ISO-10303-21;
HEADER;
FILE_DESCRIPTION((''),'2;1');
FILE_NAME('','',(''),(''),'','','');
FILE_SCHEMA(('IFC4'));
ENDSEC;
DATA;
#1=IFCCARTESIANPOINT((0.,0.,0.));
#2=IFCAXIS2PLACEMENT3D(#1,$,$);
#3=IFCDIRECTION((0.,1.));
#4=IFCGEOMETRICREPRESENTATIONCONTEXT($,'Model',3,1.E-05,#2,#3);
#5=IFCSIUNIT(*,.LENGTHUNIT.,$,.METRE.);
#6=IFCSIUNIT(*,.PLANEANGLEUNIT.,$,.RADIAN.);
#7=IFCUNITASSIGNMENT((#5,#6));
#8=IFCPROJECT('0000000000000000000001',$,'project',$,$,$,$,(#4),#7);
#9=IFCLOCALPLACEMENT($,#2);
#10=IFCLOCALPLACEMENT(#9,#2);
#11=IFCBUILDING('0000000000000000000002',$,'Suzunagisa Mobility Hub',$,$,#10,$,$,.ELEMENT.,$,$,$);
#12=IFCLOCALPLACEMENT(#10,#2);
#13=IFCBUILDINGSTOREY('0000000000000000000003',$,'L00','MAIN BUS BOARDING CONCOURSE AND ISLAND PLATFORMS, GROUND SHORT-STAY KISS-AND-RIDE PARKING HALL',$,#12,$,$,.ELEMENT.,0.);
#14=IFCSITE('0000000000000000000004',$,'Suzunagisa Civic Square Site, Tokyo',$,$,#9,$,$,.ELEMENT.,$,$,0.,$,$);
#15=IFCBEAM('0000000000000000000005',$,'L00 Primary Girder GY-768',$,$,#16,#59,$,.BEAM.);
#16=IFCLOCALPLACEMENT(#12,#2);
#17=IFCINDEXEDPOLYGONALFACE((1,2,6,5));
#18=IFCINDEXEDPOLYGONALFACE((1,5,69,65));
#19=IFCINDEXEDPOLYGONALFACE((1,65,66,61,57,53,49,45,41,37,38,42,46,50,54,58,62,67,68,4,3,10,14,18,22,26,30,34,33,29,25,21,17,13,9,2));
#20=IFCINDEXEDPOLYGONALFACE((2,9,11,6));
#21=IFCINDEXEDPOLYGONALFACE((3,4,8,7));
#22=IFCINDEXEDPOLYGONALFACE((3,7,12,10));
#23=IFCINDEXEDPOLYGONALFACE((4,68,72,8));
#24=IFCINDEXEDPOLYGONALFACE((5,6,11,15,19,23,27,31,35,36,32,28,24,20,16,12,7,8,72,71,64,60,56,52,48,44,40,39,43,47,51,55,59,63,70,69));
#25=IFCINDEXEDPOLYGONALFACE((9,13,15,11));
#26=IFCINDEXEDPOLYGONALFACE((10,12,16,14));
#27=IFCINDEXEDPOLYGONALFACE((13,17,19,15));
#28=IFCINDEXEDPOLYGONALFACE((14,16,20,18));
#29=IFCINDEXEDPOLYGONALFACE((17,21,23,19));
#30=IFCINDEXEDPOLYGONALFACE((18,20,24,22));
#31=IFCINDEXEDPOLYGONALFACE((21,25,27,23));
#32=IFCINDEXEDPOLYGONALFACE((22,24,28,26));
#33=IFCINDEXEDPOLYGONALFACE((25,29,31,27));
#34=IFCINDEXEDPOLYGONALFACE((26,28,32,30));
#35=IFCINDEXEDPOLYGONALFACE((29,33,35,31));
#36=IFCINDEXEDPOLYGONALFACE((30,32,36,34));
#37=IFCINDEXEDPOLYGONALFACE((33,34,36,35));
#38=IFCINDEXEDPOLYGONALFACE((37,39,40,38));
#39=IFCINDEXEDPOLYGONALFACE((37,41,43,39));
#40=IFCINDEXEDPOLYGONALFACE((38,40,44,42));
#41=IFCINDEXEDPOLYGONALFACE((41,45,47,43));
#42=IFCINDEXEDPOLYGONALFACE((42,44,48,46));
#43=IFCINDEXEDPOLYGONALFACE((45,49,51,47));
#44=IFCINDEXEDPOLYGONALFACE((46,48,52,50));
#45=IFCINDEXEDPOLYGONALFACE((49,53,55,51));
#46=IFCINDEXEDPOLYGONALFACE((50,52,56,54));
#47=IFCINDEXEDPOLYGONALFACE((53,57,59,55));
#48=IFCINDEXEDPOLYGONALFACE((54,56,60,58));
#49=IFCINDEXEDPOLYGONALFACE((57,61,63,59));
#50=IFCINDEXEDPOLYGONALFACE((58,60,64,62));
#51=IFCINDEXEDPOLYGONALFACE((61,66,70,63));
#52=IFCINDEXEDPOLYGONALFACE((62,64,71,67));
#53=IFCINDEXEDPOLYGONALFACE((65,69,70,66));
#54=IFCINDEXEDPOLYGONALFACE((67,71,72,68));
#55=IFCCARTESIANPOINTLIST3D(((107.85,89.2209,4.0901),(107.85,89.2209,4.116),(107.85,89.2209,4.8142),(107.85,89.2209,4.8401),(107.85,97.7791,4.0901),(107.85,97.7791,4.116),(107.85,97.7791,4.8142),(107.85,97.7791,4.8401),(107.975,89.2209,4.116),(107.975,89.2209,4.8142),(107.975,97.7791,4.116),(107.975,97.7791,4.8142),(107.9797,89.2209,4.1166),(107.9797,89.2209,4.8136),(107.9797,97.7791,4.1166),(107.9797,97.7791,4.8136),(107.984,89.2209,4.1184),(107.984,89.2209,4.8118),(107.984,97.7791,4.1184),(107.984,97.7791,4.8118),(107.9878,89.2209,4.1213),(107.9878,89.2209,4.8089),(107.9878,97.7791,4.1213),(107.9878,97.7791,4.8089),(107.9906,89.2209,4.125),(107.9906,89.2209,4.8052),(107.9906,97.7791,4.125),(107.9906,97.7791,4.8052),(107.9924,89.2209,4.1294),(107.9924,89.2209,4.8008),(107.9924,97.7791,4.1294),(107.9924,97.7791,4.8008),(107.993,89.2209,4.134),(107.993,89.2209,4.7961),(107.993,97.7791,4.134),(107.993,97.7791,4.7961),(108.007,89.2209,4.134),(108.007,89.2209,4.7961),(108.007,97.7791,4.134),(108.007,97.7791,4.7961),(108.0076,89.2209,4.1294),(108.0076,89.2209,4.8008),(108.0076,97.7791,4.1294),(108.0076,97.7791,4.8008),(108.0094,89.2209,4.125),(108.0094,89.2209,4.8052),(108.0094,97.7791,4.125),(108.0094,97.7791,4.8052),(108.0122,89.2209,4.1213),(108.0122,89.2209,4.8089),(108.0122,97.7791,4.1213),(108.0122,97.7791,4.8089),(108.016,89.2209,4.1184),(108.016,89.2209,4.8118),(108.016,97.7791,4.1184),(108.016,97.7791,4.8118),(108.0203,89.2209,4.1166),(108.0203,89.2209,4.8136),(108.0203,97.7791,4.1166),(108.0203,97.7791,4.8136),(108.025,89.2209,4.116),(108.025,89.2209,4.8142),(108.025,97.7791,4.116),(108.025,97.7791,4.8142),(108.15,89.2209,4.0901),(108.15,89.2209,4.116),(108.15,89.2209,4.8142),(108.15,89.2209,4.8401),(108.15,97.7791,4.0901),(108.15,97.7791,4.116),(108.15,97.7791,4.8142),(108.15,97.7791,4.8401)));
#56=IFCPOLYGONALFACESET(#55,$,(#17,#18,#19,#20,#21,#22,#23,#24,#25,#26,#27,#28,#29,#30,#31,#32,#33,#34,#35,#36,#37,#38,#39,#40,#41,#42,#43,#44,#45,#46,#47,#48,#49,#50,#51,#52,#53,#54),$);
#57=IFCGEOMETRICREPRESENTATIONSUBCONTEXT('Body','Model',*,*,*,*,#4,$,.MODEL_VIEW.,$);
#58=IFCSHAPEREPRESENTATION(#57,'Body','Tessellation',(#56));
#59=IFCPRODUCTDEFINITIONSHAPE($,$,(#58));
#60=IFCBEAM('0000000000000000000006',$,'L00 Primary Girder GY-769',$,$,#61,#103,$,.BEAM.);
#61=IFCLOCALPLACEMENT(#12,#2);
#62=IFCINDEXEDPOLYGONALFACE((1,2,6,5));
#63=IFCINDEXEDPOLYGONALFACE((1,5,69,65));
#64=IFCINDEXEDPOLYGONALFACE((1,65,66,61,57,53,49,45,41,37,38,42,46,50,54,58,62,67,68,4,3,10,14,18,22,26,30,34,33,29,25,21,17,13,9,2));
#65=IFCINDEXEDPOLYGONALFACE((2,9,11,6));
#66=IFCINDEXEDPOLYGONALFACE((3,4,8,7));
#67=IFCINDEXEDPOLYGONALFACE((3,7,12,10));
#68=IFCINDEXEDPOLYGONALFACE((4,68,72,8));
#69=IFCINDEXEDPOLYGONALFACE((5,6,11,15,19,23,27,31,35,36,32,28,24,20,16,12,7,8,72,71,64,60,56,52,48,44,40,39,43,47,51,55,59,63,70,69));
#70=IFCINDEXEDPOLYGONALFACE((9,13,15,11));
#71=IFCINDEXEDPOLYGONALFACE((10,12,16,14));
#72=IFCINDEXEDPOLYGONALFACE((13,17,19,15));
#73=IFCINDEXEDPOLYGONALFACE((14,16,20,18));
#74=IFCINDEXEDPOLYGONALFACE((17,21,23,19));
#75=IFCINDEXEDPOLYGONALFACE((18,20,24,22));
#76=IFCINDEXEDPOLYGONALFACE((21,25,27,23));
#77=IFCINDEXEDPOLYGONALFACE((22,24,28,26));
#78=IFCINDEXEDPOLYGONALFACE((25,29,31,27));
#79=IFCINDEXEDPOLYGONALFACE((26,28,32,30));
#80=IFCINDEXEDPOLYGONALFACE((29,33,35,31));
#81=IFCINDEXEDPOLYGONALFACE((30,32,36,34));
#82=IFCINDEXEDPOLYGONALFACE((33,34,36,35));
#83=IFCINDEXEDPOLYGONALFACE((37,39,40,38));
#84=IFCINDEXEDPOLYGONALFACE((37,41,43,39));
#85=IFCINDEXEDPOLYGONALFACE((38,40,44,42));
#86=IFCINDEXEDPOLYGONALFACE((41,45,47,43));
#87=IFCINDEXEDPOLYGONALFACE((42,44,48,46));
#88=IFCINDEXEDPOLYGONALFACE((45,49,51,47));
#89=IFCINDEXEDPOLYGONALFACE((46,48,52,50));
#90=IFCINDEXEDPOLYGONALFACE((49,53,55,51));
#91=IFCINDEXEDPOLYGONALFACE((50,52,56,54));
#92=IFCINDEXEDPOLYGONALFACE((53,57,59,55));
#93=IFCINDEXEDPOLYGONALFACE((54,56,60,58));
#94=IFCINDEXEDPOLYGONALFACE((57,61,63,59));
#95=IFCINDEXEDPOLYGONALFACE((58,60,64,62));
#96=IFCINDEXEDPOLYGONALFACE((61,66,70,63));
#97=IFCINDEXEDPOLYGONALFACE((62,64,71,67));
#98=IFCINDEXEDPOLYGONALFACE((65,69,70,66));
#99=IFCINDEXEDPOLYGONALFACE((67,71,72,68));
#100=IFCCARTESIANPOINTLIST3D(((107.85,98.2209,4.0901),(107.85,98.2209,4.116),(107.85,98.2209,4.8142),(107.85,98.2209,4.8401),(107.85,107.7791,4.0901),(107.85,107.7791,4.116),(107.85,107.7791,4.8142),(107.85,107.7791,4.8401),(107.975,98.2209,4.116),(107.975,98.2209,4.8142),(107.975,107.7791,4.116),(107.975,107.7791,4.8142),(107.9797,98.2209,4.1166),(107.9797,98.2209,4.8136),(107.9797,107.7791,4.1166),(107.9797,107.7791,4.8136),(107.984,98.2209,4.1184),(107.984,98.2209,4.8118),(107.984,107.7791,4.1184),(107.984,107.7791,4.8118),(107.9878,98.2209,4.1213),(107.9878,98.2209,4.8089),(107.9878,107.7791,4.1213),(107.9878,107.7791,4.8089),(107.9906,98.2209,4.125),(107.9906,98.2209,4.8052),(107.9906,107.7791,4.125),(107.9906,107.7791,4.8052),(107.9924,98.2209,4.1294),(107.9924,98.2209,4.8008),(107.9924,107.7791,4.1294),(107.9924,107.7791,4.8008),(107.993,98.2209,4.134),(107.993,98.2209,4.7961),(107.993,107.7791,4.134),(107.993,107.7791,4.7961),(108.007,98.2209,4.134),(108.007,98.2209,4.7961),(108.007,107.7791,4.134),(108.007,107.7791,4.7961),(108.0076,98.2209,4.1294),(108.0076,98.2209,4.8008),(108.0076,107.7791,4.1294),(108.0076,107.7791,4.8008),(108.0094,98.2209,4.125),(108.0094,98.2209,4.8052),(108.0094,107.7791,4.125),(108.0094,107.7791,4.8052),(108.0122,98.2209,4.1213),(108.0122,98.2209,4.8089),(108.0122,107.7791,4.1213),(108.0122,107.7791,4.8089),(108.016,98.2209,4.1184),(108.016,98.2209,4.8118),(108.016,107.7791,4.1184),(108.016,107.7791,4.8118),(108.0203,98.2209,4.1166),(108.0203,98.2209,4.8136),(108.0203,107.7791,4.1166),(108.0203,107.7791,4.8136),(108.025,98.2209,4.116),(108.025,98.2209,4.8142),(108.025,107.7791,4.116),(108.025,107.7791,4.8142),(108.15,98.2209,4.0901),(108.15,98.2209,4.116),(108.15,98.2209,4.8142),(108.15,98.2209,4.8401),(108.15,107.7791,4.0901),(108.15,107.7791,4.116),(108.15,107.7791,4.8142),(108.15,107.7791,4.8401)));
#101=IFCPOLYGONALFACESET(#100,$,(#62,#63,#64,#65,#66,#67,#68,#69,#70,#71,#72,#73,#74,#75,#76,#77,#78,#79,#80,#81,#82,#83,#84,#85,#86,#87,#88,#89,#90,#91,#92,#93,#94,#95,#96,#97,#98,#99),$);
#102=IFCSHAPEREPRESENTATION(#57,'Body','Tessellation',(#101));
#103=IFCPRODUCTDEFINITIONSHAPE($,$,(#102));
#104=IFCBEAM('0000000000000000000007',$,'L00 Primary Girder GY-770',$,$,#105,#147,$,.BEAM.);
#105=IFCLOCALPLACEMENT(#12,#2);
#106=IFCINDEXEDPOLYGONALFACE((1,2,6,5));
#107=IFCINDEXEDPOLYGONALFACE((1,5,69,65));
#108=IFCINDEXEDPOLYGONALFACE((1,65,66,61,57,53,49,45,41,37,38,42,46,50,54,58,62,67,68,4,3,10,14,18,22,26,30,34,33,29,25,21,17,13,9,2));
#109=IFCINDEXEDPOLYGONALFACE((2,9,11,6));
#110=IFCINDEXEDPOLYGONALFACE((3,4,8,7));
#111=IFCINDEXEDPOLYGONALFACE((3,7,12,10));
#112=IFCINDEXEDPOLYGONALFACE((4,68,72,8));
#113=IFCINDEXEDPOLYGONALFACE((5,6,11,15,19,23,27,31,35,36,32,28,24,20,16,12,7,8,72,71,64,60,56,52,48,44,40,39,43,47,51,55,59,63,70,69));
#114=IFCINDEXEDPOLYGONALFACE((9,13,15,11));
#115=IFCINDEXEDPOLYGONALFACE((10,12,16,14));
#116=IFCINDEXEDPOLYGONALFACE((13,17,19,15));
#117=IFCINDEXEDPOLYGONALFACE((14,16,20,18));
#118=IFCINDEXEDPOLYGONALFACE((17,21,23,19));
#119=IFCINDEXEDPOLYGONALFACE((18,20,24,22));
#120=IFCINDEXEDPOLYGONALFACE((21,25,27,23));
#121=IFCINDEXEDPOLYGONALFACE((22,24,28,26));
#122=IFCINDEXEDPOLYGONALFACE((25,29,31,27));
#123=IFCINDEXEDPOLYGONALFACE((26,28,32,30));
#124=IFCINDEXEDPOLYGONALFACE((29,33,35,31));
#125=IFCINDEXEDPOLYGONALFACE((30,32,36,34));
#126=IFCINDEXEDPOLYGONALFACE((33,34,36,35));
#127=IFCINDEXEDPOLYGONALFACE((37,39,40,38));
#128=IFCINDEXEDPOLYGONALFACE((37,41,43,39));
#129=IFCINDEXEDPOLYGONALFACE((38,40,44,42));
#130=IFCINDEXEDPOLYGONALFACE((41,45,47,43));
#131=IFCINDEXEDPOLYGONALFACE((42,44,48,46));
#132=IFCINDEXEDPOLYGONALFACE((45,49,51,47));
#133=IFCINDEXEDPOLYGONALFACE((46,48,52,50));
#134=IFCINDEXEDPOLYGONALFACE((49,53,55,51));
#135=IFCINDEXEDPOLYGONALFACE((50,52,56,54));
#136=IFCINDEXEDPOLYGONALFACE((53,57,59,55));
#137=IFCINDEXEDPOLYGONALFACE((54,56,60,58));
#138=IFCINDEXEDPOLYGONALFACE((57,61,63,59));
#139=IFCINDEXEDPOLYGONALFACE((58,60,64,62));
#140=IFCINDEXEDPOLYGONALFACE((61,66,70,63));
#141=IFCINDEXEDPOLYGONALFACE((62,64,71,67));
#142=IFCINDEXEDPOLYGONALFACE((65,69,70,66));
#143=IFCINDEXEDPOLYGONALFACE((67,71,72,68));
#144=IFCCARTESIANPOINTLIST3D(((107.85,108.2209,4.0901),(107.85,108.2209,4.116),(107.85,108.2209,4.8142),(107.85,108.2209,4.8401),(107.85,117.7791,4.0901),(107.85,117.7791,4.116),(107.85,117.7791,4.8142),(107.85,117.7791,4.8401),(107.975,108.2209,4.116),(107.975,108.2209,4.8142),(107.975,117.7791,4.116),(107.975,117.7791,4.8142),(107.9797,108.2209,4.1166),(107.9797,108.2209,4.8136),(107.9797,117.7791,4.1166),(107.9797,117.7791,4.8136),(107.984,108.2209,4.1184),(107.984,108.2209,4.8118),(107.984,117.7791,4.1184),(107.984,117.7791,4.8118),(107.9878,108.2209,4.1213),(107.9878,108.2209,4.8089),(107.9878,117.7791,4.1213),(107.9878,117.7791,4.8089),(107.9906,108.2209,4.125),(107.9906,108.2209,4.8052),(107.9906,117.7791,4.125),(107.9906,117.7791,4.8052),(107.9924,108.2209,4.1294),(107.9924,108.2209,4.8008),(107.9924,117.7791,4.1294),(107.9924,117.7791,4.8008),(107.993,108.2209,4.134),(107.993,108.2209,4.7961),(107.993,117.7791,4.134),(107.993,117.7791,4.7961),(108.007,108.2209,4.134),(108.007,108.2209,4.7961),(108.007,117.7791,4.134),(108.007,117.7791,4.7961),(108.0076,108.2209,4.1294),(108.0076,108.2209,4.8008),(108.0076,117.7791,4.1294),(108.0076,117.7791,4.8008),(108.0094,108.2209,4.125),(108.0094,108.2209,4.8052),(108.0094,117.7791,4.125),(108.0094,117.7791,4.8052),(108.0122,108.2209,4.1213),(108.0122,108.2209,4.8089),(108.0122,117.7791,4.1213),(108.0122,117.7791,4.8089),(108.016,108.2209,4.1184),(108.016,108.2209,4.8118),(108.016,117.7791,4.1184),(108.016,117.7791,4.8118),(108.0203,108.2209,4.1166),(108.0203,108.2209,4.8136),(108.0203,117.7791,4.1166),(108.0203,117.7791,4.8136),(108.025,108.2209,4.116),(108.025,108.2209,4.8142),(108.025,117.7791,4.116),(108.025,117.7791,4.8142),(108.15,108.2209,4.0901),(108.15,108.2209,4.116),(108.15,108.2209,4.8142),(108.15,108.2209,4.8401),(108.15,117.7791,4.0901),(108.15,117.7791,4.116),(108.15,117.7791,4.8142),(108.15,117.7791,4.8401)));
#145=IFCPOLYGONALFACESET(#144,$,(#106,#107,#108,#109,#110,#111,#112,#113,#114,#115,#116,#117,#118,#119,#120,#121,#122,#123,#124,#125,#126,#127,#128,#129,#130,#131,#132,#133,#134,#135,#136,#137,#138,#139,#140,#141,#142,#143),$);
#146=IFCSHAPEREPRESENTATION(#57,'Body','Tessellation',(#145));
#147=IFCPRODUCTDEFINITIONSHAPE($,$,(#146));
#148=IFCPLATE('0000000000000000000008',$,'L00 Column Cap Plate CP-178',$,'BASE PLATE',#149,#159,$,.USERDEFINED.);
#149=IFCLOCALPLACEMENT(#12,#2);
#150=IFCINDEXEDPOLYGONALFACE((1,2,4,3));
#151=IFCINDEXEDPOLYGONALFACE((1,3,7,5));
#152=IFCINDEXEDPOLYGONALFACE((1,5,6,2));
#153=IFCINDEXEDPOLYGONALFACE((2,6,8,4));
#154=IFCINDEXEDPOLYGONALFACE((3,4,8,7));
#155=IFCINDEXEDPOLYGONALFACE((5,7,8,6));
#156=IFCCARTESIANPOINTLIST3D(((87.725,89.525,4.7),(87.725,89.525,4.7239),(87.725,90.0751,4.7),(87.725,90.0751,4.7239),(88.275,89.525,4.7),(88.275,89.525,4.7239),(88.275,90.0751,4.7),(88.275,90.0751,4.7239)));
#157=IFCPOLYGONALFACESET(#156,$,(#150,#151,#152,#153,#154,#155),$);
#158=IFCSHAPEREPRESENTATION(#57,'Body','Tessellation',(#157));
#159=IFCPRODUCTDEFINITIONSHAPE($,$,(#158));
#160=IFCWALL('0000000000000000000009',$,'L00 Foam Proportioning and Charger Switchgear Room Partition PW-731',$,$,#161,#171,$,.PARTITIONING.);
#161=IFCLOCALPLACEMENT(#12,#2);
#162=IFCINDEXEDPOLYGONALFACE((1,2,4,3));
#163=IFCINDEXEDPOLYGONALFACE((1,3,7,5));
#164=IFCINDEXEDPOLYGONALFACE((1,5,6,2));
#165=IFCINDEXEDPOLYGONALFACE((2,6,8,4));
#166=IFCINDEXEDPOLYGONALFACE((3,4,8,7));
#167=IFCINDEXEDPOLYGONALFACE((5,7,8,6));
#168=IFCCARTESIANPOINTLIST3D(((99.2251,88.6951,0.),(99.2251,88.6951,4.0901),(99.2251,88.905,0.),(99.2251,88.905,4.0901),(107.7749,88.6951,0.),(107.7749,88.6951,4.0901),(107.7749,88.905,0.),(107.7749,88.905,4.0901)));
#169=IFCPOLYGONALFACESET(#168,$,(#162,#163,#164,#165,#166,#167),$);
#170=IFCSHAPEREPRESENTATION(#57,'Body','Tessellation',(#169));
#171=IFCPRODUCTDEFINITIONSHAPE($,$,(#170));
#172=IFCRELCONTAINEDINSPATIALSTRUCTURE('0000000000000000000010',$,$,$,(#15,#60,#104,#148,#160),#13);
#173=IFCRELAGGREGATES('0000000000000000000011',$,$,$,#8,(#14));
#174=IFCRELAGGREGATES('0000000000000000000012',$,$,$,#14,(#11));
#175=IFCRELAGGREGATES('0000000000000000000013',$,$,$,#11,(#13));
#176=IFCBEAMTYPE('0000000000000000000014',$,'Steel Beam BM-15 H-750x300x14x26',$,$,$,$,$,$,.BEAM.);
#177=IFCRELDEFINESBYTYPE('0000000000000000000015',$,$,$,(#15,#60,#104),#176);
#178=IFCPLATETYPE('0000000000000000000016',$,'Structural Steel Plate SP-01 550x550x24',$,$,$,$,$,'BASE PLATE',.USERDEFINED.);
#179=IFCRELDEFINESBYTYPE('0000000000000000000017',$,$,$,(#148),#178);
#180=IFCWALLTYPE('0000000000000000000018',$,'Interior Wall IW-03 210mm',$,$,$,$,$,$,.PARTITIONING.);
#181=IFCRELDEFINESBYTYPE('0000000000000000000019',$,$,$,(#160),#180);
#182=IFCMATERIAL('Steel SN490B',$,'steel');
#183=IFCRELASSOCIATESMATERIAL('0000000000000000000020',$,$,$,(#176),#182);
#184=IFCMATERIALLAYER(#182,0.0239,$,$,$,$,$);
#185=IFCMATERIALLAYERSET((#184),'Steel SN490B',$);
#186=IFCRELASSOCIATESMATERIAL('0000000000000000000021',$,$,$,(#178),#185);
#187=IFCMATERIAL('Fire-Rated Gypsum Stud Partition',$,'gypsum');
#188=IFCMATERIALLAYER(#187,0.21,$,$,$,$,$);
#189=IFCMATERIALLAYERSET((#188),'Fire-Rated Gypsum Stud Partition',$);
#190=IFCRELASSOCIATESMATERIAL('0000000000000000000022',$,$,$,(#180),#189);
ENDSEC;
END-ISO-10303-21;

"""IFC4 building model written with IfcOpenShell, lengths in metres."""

from ifc_helpers import new_model, si_unit, direction, frame, frame_2d, origin, origin_2d, place, context, subcontext, project, spatial, rectangle, i_section, extrude, material, layer, layer_set, material_profile, profile_set, type_object, element, save


model = new_model("IFC4")

# Units and contexts
model_context = context("Model", 3, precision=1e-05, world=origin(), true_north=direction((0.0, 1.0)))
body_context = subcontext(model_context, "Body", "Model", "MODEL_VIEW")
ifc_project = project(units=[si_unit("LENGTHUNIT", "METRE"), si_unit("PLANEANGLEUNIT", "RADIAN")], contexts=[model_context])

# Site, building, storey
site_placement = place(None, origin())
site = spatial("IfcSite", under=ifc_project, at=site_placement, Name="Suzunagisa Civic Square Site, Tokyo", CompositionType="ELEMENT", RefElevation=0.0)
building_placement = place(site_placement, origin())
building = spatial("IfcBuilding", under=site, at=building_placement, Name="Suzunagisa Mobility Hub", CompositionType="ELEMENT")
storey_placement = place(building_placement, origin())
storey = spatial("IfcBuildingStorey", under=building, at=storey_placement, Name="L00", Description="MAIN BUS BOARDING CONCOURSE AND ISLAND PLATFORMS, GROUND SHORT-STAY KISS-AND-RIDE PARKING HALL", CompositionType="ELEMENT", Elevation=0.0)

# Shared definitions
ifc_material_1 = material(Name="Steel SN490B", Category="steel")

# Beams
ifc_material_profile_1 = material_profile(ifc_material_1, i_section(OverallWidth=0.3, OverallDepth=0.75, WebThickness=0.0139, FlangeThickness=0.0259, FilletRadius=0.0181, at=origin_2d()), Name="H-750x300x14x26")
ifc_profile_set_1 = profile_set([ifc_material_profile_1], Name="Steel SN490B")
beam_type_1 = type_object("IfcBeamType", Name="Steel Beam BM-15 H-750x300x14x26", PredefinedType="BEAM", material=ifc_profile_set_1)
beam_1_placement = place(storey_placement, frame((108.0, 89.2209, 4.4651), z_axis=(0.0, 1.0, 0.0), x_axis=(-1.0, 0.0, 0.0)))
element("IfcBeam", 1, at=beam_1_placement, inside=storey, type_object=beam_type_1, Name="L00 Primary Girder GY-768", PredefinedType="BEAM", context=body_context, shape_type="SweptSolid", body=[
    extrude(i_section(OverallWidth=0.3, OverallDepth=0.75, WebThickness=0.0139, FlangeThickness=0.0259, FilletRadius=0.0181, at=origin_2d()), origin(), (0.0, 0.0, 1.0), 8.5581),
])
for number, where, z_axis, x_axis, name in (
    (2, (108.0, 98.2209, 4.4651), (0.0, 1.0, 0.0), (-1.0, 0.0, 0.0), "L00 Primary Girder GY-769"),
    (3, (108.0, 108.2209, 4.4651), (0.0, 1.0, 0.0), (-1.0, 0.0, 0.0), "L00 Primary Girder GY-770"),
):
    element("IfcBeam", number, at=place(storey_placement, frame(where, z_axis=z_axis, x_axis=x_axis)), inside=storey, type_object=beam_type_1, Name=name, PredefinedType="BEAM", context=body_context, shape_type="SweptSolid", body=[
        extrude(i_section(OverallWidth=0.3, OverallDepth=0.75, WebThickness=0.0139, FlangeThickness=0.0259, FilletRadius=0.0181, at=origin_2d()), origin(), (0.0, 0.0, 1.0), 9.5581),
    ])

# Plate
ifc_layer_1 = layer(ifc_material_1, 0.0239)
ifc_layer_set_1 = layer_set([ifc_layer_1], Name="Steel SN490B")
plate_type = type_object("IfcPlateType", Name="Structural Steel Plate SP-01 550x550x24", ElementType="BASE PLATE", PredefinedType="USERDEFINED", material=ifc_layer_set_1)
plate_placement = place(storey_placement, frame((88.0, 89.8, 4.7), z_axis=(0.0, 0.0, 1.0), x_axis=(1.0, 0.0, 0.0)))
element("IfcPlate", 4, at=plate_placement, inside=storey, type_object=plate_type, Name="L00 Column Cap Plate CP-178", ObjectType="BASE PLATE", PredefinedType="USERDEFINED", context=body_context, shape_type="SweptSolid", body=[
    extrude(rectangle(XDim=0.55, YDim=0.55, at=origin_2d()), origin(), (0.0, 0.0, 1.0), 0.0239),
])

# Wall
ifc_material_2 = material(Name="Fire-Rated Gypsum Stud Partition", Category="gypsum")
ifc_layer_2 = layer(ifc_material_2, 0.21)
ifc_layer_set_2 = layer_set([ifc_layer_2], Name="Fire-Rated Gypsum Stud Partition")
wall_type = type_object("IfcWallType", Name="Interior Wall IW-03 210mm", PredefinedType="PARTITIONING", material=ifc_layer_set_2)
wall_1_placement = place(storey_placement, frame((99.2251, 88.8, 0.0), z_axis=(0.0, 0.0, 1.0), x_axis=(1.0, 0.0, 0.0)))
element("IfcWall", 5, at=wall_1_placement, inside=storey, type_object=wall_type, Name="L00 Foam Proportioning and Charger Switchgear Room Partition PW-731", PredefinedType="PARTITIONING", context=body_context, shape_type="SweptSolid", body=[
    extrude(rectangle(XDim=8.5498, YDim=0.21, at=frame_2d((4.2749, 0.0))), origin(), (0.0, 0.0, 1.0), 4.0901),
])

save(model, "model.ifc")
